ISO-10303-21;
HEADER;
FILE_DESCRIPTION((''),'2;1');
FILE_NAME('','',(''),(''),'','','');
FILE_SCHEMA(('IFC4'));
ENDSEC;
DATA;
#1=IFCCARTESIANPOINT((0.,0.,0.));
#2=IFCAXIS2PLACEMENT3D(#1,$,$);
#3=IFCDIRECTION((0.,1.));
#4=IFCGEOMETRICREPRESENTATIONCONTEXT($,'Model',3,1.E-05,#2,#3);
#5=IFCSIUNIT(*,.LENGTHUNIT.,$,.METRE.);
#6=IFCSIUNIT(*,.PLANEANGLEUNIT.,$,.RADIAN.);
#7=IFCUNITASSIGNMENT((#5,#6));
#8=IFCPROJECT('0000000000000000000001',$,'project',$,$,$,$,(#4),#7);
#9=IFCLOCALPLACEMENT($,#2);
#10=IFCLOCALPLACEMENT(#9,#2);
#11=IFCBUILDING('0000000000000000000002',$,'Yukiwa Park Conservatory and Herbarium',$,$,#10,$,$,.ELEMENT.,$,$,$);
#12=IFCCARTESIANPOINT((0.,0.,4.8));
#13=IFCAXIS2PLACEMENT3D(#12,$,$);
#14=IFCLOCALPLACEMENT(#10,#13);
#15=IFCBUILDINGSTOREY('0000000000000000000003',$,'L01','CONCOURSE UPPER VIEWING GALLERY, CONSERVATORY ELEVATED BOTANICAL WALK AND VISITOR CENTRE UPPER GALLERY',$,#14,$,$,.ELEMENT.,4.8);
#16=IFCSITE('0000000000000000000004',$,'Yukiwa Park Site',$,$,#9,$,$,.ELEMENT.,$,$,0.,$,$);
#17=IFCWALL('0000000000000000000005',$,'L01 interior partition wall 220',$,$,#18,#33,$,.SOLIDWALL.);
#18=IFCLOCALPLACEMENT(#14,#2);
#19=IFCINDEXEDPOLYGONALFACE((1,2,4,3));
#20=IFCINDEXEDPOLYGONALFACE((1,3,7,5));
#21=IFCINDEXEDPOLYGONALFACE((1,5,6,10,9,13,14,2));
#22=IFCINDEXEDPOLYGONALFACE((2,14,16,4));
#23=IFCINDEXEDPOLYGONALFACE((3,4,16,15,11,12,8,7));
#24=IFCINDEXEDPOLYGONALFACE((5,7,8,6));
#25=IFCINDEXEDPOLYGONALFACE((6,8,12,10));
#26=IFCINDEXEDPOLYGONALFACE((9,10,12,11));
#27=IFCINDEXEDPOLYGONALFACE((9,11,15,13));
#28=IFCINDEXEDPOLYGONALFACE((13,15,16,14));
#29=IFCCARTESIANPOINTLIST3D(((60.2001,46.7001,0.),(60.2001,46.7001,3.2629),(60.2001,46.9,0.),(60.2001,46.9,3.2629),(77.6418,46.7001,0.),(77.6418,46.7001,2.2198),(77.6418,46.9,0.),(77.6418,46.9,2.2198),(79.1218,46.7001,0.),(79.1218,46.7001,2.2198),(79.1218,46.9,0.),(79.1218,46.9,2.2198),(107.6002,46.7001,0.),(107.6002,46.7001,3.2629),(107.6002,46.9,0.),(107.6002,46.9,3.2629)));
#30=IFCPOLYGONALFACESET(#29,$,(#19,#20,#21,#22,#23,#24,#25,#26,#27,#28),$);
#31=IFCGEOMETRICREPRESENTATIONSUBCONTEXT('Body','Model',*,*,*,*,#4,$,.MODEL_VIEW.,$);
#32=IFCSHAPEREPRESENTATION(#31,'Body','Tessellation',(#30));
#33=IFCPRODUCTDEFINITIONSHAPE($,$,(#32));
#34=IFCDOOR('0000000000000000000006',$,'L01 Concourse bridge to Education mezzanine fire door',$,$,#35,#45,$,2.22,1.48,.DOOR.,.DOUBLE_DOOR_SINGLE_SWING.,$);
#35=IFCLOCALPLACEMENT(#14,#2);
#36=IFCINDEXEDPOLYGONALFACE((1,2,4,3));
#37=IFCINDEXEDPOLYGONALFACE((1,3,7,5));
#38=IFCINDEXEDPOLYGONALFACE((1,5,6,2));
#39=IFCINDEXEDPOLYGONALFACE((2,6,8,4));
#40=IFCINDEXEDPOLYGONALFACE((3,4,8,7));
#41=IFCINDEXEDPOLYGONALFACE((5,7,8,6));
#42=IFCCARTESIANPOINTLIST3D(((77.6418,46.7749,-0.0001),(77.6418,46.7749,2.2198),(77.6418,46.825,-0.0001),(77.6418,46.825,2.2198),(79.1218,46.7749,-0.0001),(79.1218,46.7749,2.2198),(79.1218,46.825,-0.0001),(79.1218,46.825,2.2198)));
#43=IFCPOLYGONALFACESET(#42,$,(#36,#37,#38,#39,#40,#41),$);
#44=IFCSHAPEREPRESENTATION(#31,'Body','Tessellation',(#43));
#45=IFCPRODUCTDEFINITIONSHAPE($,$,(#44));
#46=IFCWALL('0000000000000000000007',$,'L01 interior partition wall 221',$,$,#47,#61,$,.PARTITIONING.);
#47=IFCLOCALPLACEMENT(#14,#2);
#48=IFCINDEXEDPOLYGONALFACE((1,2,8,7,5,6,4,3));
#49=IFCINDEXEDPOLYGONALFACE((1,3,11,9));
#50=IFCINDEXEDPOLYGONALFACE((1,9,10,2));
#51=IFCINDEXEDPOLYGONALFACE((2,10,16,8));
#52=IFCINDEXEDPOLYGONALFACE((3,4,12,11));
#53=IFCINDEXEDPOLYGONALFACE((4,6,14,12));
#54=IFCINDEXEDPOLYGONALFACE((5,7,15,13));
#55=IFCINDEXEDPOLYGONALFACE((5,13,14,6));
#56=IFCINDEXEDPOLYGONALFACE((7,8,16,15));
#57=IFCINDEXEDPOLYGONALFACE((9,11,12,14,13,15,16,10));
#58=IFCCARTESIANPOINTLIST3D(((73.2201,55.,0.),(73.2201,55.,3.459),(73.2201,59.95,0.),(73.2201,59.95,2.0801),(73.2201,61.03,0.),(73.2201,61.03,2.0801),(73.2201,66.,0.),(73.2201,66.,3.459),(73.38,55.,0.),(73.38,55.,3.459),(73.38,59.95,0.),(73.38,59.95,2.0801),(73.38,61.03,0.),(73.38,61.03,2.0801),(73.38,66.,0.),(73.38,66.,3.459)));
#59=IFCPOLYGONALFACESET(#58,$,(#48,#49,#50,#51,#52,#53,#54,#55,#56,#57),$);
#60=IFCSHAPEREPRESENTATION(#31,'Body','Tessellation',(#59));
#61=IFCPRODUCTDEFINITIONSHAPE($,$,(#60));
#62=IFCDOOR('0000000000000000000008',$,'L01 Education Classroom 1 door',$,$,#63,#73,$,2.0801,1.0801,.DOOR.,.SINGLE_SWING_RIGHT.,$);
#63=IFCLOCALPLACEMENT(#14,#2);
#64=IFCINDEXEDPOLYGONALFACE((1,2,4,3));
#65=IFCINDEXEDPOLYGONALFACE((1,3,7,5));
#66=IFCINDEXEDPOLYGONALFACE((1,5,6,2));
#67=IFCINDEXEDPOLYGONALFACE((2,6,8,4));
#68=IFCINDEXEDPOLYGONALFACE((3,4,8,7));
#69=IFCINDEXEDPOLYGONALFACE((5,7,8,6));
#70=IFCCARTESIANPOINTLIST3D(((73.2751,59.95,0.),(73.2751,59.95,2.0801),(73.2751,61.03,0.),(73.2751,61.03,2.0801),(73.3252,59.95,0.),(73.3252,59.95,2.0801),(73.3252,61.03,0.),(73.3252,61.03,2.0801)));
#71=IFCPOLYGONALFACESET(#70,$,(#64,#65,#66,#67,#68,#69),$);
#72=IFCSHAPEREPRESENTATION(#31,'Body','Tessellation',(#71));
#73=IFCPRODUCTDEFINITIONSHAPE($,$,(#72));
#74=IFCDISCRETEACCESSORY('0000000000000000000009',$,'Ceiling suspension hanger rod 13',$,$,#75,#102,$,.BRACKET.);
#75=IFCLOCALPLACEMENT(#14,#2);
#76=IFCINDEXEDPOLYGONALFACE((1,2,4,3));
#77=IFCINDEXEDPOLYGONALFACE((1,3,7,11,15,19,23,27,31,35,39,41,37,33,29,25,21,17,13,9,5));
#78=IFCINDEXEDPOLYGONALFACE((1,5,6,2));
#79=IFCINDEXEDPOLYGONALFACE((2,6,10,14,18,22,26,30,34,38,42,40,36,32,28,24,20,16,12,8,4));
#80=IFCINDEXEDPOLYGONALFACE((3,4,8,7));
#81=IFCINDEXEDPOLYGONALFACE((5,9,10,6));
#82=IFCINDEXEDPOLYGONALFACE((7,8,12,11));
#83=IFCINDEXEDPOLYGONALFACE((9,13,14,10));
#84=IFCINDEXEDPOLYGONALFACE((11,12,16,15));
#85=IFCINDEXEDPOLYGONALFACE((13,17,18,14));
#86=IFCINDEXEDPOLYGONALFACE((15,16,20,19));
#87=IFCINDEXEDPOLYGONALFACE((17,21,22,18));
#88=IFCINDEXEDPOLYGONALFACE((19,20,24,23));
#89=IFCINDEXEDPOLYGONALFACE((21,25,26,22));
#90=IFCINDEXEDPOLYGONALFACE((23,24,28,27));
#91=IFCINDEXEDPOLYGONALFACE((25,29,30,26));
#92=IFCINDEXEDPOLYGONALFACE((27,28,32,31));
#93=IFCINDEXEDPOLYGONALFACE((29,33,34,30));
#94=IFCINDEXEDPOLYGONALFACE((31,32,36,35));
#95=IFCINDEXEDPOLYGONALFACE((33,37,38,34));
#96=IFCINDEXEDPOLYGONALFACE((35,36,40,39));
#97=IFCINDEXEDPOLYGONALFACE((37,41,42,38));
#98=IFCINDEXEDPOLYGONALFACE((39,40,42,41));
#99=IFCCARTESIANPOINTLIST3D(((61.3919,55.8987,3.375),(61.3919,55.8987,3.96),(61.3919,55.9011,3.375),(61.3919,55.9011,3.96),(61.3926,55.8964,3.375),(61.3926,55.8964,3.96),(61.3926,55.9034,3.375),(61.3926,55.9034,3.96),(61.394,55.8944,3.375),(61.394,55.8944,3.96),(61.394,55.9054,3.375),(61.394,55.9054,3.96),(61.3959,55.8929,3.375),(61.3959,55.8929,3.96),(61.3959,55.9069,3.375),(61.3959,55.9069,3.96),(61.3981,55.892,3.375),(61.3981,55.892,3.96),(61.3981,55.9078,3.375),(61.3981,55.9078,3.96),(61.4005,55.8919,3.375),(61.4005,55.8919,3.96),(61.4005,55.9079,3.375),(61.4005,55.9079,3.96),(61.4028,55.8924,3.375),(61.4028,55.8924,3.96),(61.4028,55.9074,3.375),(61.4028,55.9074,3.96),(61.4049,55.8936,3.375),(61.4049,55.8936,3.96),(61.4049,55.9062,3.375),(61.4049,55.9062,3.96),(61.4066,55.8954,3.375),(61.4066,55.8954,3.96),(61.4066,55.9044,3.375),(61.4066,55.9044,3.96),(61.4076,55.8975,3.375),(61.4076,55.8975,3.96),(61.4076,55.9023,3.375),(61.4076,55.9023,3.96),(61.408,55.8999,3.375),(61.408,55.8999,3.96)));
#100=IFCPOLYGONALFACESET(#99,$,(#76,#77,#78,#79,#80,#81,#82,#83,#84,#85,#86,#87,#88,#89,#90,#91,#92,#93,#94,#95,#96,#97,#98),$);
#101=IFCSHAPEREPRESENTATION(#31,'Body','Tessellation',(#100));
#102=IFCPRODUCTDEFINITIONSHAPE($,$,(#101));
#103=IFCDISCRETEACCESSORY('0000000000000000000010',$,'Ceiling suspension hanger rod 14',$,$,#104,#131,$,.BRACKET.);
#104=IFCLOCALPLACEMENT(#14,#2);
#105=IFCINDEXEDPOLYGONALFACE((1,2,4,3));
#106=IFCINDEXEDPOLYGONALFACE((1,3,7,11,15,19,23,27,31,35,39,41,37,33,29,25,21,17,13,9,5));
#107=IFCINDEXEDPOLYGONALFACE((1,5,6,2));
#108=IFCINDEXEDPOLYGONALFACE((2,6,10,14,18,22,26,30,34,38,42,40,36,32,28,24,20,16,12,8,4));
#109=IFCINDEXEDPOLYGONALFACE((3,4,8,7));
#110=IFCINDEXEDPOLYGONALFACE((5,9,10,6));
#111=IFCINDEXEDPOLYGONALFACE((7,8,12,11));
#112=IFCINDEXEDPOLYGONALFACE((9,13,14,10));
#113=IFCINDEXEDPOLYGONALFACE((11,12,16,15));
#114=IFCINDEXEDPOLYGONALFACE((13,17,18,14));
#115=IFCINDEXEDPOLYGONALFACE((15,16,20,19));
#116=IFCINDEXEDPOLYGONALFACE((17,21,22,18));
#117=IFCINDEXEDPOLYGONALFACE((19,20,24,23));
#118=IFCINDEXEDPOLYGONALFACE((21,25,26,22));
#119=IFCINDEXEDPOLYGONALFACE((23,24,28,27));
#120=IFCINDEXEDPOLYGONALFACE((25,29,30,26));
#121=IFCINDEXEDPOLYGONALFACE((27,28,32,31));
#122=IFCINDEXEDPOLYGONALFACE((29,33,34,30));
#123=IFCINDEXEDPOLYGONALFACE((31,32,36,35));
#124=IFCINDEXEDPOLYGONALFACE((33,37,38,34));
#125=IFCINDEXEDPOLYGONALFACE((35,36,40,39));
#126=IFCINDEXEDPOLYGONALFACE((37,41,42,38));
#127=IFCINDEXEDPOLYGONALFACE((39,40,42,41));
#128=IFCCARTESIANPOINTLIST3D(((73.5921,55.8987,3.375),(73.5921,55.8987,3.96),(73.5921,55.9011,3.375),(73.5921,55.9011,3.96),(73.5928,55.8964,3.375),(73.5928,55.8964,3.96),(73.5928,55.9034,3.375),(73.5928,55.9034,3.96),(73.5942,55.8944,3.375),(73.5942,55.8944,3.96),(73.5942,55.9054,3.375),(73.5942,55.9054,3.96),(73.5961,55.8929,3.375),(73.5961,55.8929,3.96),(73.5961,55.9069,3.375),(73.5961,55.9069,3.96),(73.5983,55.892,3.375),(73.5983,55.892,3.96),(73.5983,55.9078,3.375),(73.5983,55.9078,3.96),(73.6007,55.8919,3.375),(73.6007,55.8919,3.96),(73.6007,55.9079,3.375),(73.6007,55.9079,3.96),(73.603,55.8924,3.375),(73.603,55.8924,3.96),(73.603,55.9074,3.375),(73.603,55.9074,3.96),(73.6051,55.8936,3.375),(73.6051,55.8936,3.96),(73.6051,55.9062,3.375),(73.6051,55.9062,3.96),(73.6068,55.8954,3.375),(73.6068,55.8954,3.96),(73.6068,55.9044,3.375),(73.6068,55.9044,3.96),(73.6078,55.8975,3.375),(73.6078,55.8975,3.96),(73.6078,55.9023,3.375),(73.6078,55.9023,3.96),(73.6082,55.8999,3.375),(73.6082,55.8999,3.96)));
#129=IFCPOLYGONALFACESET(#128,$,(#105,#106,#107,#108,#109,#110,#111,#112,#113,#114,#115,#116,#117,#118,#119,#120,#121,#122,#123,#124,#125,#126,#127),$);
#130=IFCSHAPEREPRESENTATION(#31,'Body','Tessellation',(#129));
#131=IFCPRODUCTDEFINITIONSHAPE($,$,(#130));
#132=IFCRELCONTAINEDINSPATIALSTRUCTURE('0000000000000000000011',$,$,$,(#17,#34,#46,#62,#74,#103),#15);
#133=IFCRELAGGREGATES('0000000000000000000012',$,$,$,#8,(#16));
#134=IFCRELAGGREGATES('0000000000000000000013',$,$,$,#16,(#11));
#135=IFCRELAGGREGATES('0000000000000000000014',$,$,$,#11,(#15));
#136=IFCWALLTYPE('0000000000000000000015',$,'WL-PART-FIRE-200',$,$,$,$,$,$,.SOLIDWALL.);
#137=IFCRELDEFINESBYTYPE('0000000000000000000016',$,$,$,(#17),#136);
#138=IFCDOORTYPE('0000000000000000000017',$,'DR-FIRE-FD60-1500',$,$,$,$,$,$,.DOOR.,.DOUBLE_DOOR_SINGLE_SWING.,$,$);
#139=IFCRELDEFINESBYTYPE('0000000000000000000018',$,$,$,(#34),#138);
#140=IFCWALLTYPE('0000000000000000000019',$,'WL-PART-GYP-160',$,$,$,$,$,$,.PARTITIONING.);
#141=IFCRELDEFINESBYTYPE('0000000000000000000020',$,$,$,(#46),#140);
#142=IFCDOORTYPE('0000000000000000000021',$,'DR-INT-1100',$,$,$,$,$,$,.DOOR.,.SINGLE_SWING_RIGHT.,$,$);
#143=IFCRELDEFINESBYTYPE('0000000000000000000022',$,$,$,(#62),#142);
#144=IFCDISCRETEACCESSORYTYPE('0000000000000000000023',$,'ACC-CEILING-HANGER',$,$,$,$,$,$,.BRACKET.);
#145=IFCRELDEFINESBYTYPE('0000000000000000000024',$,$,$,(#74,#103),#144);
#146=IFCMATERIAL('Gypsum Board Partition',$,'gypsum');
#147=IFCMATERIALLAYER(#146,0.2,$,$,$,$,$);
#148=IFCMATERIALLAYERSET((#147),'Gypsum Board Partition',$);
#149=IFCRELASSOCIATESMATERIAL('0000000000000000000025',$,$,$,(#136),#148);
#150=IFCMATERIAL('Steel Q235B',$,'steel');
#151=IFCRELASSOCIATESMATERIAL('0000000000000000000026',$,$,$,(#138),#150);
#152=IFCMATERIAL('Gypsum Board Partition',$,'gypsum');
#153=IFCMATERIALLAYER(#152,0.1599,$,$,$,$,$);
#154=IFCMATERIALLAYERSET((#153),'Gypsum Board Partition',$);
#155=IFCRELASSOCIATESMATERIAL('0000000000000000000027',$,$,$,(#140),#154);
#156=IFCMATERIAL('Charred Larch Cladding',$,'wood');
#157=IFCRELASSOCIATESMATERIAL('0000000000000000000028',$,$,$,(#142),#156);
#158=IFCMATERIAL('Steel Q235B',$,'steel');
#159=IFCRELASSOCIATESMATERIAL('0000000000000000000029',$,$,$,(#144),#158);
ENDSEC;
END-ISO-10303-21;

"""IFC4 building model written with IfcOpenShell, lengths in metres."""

from ifc_helpers import new_model, si_unit, direction, frame, frame_2d, origin, origin_2d, place, context, subcontext, project, spatial, rectangle, circle, extrude, material, layer, layer_set, type_object, element, fill, save


model = new_model("IFC4")

# Units and contexts
model_context = context("Model", 3, precision=1e-05, world=origin(), true_north=direction((0.0, 1.0)))
body_context = subcontext(model_context, "Body", "Model", "MODEL_VIEW")
ifc_project = project(units=[si_unit("LENGTHUNIT", "METRE"), si_unit("PLANEANGLEUNIT", "RADIAN")], contexts=[model_context])

# Site, building, storey
site_placement = place(None, origin())
site = spatial("IfcSite", under=ifc_project, at=site_placement, Name="Yukiwa Park Site", CompositionType="ELEMENT", RefElevation=0.0)
building_placement = place(site_placement, origin())
building = spatial("IfcBuilding", under=site, at=building_placement, Name="Yukiwa Park Conservatory and Herbarium", CompositionType="ELEMENT")
storey_placement = place(building_placement, frame((0.0, 0.0, 4.8)))
storey = spatial("IfcBuildingStorey", under=building, at=storey_placement, Name="L01", Description="CONCOURSE UPPER VIEWING GALLERY, CONSERVATORY ELEVATED BOTANICAL WALK AND VISITOR CENTRE UPPER GALLERY", CompositionType="ELEMENT", Elevation=4.8)

# Walls, openings, doors
ifc_material_1 = material(Name="Gypsum Board Partition", Category="gypsum")
ifc_layer_1 = layer(ifc_material_1, 0.2)
ifc_layer_set_1 = layer_set([ifc_layer_1], Name="Gypsum Board Partition")
wall_type_1 = type_object("IfcWallType", Name="WL-PART-FIRE-200", PredefinedType="SOLIDWALL", material=ifc_layer_set_1)
wall_1_placement = place(storey_placement, frame((60.2, 46.8, 0.0), z_axis=(0.0, 0.0, 1.0), x_axis=(1.0, 0.0, 0.0)))
wall_1 = element("IfcWall", 1, at=wall_1_placement, inside=storey, type_object=wall_type_1, Name="L01 interior partition wall 220", PredefinedType="SOLIDWALL", context=body_context, shape_type="SweptSolid", body=[
    extrude(rectangle(XDim=47.4001, YDim=0.2, at=frame_2d((23.7002, 0.0))), origin(), (0.0, 0.0, 1.0), 3.2629),
])
opening_1_placement = place(wall_1_placement, frame((17.4419, 0.0, 0.0)))
opening_1 = element("IfcOpeningElement", 2, at=opening_1_placement, cuts=wall_1, PredefinedType="OPENING", context=body_context, shape_type="SweptSolid", body=[
    extrude(rectangle(XDim=1.48, YDim=2.22, at=frame_2d((0.74, 1.1099))), frame((0.0, 0.1099, 0.0), z_axis=(0.0, -1.0, 0.0), x_axis=(1.0, 0.0, 0.0)), (0.0, 0.0, 1.0), 0.22),
])
ifc_material_2 = material(Name="Steel Q235B", Category="steel")
door_type_1 = type_object("IfcDoorType", Name="DR-FIRE-FD60-1500", OperationType="DOUBLE_DOOR_SINGLE_SWING", PredefinedType="DOOR", material=ifc_material_2)
door_1_placement = place(opening_1_placement, origin())
door_1 = element("IfcDoor", 3, at=door_1_placement, inside=storey, type_object=door_type_1, Name="L01 Concourse bridge to Education mezzanine fire door", OperationType="DOUBLE_DOOR_SINGLE_SWING", OverallHeight=2.22, OverallWidth=1.48, PredefinedType="DOOR", context=body_context, shape_type="SweptSolid", body=[
    extrude(rectangle(XDim=1.48, YDim=2.22, at=frame_2d((0.74, 1.1099))), frame((0.0, 0.0249, 0.0), z_axis=(0.0, -1.0, 0.0), x_axis=(1.0, 0.0, 0.0)), (0.0, 0.0, 1.0), 0.05),
])
fill(opening_1, door_1)
ifc_material_3 = material(Name="Gypsum Board Partition", Category="gypsum")
ifc_layer_2 = layer(ifc_material_3, 0.1599)
ifc_layer_set_2 = layer_set([ifc_layer_2], Name="Gypsum Board Partition")
wall_type_2 = type_object("IfcWallType", Name="WL-PART-GYP-160", PredefinedType="PARTITIONING", material=ifc_layer_set_2)
wall_2_placement = place(storey_placement, frame((73.3, 55.0, 0.0), z_axis=(0.0, 0.0, 1.0), x_axis=(0.0, 1.0, 0.0)))
wall_2 = element("IfcWall", 4, at=wall_2_placement, inside=storey, type_object=wall_type_2, Name="L01 interior partition wall 221", PredefinedType="PARTITIONING", context=body_context, shape_type="SweptSolid", body=[
    extrude(rectangle(XDim=11.0, YDim=0.1599, at=frame_2d((5.5, 0.0))), origin(), (0.0, 0.0, 1.0), 3.459),
])
opening_2_placement = place(wall_2_placement, frame((4.95, 0.0, 0.0)))
opening_2 = element("IfcOpeningElement", 5, at=opening_2_placement, cuts=wall_2, PredefinedType="OPENING", context=body_context, shape_type="SweptSolid", body=[
    extrude(rectangle(XDim=1.0801, YDim=2.0801, at=frame_2d((0.54, 1.04))), frame((0.0, 0.0898, 0.0), z_axis=(0.0, -1.0, 0.0), x_axis=(1.0, 0.0, 0.0)), (0.0, 0.0, 1.0), 0.1799),
])
ifc_material_4 = material(Name="Charred Larch Cladding", Category="wood")
door_type_2 = type_object("IfcDoorType", Name="DR-INT-1100", OperationType="SINGLE_SWING_RIGHT", PredefinedType="DOOR", material=ifc_material_4)
door_2_placement = place(opening_2_placement, origin())
door_2 = element("IfcDoor", 6, at=door_2_placement, inside=storey, type_object=door_type_2, Name="L01 Education Classroom 1 door", OperationType="SINGLE_SWING_RIGHT", OverallHeight=2.0801, OverallWidth=1.0801, PredefinedType="DOOR", context=body_context, shape_type="SweptSolid", body=[
    extrude(rectangle(XDim=1.0801, YDim=2.0801, at=frame_2d((0.54, 1.04))), frame((0.0, 0.0249, 0.0), z_axis=(0.0, -1.0, 0.0), x_axis=(1.0, 0.0, 0.0)), (0.0, 0.0, 1.0), 0.05),
])
fill(opening_2, door_2)

# Discrete accessories
ifc_material_5 = material(Name="Steel Q235B", Category="steel")
discrete_accessory_type = type_object("IfcDiscreteAccessoryType", Name="ACC-CEILING-HANGER", PredefinedType="BRACKET", material=ifc_material_5)
for number, where, z_axis, x_axis, name in (
    (7, (61.3999, 55.8999, 3.375), (0.0, 0.0, 1.0), (1.0, 0.0, 0.0), "Ceiling suspension hanger rod 13"),
    (8, (73.6001, 55.8999, 3.375), (0.0, 0.0, 1.0), (1.0, 0.0, 0.0), "Ceiling suspension hanger rod 14"),
):
    element("IfcDiscreteAccessory", number, at=place(storey_placement, frame(where, z_axis=z_axis, x_axis=x_axis)), inside=storey, type_object=discrete_accessory_type, Name=name, PredefinedType="BRACKET", context=body_context, shape_type="SweptSolid", body=[
        extrude(circle(Radius=0.0081, at=origin_2d()), origin(), (0.0, 0.0, 1.0), 0.585),
    ])

save(model, "model.ifc")
